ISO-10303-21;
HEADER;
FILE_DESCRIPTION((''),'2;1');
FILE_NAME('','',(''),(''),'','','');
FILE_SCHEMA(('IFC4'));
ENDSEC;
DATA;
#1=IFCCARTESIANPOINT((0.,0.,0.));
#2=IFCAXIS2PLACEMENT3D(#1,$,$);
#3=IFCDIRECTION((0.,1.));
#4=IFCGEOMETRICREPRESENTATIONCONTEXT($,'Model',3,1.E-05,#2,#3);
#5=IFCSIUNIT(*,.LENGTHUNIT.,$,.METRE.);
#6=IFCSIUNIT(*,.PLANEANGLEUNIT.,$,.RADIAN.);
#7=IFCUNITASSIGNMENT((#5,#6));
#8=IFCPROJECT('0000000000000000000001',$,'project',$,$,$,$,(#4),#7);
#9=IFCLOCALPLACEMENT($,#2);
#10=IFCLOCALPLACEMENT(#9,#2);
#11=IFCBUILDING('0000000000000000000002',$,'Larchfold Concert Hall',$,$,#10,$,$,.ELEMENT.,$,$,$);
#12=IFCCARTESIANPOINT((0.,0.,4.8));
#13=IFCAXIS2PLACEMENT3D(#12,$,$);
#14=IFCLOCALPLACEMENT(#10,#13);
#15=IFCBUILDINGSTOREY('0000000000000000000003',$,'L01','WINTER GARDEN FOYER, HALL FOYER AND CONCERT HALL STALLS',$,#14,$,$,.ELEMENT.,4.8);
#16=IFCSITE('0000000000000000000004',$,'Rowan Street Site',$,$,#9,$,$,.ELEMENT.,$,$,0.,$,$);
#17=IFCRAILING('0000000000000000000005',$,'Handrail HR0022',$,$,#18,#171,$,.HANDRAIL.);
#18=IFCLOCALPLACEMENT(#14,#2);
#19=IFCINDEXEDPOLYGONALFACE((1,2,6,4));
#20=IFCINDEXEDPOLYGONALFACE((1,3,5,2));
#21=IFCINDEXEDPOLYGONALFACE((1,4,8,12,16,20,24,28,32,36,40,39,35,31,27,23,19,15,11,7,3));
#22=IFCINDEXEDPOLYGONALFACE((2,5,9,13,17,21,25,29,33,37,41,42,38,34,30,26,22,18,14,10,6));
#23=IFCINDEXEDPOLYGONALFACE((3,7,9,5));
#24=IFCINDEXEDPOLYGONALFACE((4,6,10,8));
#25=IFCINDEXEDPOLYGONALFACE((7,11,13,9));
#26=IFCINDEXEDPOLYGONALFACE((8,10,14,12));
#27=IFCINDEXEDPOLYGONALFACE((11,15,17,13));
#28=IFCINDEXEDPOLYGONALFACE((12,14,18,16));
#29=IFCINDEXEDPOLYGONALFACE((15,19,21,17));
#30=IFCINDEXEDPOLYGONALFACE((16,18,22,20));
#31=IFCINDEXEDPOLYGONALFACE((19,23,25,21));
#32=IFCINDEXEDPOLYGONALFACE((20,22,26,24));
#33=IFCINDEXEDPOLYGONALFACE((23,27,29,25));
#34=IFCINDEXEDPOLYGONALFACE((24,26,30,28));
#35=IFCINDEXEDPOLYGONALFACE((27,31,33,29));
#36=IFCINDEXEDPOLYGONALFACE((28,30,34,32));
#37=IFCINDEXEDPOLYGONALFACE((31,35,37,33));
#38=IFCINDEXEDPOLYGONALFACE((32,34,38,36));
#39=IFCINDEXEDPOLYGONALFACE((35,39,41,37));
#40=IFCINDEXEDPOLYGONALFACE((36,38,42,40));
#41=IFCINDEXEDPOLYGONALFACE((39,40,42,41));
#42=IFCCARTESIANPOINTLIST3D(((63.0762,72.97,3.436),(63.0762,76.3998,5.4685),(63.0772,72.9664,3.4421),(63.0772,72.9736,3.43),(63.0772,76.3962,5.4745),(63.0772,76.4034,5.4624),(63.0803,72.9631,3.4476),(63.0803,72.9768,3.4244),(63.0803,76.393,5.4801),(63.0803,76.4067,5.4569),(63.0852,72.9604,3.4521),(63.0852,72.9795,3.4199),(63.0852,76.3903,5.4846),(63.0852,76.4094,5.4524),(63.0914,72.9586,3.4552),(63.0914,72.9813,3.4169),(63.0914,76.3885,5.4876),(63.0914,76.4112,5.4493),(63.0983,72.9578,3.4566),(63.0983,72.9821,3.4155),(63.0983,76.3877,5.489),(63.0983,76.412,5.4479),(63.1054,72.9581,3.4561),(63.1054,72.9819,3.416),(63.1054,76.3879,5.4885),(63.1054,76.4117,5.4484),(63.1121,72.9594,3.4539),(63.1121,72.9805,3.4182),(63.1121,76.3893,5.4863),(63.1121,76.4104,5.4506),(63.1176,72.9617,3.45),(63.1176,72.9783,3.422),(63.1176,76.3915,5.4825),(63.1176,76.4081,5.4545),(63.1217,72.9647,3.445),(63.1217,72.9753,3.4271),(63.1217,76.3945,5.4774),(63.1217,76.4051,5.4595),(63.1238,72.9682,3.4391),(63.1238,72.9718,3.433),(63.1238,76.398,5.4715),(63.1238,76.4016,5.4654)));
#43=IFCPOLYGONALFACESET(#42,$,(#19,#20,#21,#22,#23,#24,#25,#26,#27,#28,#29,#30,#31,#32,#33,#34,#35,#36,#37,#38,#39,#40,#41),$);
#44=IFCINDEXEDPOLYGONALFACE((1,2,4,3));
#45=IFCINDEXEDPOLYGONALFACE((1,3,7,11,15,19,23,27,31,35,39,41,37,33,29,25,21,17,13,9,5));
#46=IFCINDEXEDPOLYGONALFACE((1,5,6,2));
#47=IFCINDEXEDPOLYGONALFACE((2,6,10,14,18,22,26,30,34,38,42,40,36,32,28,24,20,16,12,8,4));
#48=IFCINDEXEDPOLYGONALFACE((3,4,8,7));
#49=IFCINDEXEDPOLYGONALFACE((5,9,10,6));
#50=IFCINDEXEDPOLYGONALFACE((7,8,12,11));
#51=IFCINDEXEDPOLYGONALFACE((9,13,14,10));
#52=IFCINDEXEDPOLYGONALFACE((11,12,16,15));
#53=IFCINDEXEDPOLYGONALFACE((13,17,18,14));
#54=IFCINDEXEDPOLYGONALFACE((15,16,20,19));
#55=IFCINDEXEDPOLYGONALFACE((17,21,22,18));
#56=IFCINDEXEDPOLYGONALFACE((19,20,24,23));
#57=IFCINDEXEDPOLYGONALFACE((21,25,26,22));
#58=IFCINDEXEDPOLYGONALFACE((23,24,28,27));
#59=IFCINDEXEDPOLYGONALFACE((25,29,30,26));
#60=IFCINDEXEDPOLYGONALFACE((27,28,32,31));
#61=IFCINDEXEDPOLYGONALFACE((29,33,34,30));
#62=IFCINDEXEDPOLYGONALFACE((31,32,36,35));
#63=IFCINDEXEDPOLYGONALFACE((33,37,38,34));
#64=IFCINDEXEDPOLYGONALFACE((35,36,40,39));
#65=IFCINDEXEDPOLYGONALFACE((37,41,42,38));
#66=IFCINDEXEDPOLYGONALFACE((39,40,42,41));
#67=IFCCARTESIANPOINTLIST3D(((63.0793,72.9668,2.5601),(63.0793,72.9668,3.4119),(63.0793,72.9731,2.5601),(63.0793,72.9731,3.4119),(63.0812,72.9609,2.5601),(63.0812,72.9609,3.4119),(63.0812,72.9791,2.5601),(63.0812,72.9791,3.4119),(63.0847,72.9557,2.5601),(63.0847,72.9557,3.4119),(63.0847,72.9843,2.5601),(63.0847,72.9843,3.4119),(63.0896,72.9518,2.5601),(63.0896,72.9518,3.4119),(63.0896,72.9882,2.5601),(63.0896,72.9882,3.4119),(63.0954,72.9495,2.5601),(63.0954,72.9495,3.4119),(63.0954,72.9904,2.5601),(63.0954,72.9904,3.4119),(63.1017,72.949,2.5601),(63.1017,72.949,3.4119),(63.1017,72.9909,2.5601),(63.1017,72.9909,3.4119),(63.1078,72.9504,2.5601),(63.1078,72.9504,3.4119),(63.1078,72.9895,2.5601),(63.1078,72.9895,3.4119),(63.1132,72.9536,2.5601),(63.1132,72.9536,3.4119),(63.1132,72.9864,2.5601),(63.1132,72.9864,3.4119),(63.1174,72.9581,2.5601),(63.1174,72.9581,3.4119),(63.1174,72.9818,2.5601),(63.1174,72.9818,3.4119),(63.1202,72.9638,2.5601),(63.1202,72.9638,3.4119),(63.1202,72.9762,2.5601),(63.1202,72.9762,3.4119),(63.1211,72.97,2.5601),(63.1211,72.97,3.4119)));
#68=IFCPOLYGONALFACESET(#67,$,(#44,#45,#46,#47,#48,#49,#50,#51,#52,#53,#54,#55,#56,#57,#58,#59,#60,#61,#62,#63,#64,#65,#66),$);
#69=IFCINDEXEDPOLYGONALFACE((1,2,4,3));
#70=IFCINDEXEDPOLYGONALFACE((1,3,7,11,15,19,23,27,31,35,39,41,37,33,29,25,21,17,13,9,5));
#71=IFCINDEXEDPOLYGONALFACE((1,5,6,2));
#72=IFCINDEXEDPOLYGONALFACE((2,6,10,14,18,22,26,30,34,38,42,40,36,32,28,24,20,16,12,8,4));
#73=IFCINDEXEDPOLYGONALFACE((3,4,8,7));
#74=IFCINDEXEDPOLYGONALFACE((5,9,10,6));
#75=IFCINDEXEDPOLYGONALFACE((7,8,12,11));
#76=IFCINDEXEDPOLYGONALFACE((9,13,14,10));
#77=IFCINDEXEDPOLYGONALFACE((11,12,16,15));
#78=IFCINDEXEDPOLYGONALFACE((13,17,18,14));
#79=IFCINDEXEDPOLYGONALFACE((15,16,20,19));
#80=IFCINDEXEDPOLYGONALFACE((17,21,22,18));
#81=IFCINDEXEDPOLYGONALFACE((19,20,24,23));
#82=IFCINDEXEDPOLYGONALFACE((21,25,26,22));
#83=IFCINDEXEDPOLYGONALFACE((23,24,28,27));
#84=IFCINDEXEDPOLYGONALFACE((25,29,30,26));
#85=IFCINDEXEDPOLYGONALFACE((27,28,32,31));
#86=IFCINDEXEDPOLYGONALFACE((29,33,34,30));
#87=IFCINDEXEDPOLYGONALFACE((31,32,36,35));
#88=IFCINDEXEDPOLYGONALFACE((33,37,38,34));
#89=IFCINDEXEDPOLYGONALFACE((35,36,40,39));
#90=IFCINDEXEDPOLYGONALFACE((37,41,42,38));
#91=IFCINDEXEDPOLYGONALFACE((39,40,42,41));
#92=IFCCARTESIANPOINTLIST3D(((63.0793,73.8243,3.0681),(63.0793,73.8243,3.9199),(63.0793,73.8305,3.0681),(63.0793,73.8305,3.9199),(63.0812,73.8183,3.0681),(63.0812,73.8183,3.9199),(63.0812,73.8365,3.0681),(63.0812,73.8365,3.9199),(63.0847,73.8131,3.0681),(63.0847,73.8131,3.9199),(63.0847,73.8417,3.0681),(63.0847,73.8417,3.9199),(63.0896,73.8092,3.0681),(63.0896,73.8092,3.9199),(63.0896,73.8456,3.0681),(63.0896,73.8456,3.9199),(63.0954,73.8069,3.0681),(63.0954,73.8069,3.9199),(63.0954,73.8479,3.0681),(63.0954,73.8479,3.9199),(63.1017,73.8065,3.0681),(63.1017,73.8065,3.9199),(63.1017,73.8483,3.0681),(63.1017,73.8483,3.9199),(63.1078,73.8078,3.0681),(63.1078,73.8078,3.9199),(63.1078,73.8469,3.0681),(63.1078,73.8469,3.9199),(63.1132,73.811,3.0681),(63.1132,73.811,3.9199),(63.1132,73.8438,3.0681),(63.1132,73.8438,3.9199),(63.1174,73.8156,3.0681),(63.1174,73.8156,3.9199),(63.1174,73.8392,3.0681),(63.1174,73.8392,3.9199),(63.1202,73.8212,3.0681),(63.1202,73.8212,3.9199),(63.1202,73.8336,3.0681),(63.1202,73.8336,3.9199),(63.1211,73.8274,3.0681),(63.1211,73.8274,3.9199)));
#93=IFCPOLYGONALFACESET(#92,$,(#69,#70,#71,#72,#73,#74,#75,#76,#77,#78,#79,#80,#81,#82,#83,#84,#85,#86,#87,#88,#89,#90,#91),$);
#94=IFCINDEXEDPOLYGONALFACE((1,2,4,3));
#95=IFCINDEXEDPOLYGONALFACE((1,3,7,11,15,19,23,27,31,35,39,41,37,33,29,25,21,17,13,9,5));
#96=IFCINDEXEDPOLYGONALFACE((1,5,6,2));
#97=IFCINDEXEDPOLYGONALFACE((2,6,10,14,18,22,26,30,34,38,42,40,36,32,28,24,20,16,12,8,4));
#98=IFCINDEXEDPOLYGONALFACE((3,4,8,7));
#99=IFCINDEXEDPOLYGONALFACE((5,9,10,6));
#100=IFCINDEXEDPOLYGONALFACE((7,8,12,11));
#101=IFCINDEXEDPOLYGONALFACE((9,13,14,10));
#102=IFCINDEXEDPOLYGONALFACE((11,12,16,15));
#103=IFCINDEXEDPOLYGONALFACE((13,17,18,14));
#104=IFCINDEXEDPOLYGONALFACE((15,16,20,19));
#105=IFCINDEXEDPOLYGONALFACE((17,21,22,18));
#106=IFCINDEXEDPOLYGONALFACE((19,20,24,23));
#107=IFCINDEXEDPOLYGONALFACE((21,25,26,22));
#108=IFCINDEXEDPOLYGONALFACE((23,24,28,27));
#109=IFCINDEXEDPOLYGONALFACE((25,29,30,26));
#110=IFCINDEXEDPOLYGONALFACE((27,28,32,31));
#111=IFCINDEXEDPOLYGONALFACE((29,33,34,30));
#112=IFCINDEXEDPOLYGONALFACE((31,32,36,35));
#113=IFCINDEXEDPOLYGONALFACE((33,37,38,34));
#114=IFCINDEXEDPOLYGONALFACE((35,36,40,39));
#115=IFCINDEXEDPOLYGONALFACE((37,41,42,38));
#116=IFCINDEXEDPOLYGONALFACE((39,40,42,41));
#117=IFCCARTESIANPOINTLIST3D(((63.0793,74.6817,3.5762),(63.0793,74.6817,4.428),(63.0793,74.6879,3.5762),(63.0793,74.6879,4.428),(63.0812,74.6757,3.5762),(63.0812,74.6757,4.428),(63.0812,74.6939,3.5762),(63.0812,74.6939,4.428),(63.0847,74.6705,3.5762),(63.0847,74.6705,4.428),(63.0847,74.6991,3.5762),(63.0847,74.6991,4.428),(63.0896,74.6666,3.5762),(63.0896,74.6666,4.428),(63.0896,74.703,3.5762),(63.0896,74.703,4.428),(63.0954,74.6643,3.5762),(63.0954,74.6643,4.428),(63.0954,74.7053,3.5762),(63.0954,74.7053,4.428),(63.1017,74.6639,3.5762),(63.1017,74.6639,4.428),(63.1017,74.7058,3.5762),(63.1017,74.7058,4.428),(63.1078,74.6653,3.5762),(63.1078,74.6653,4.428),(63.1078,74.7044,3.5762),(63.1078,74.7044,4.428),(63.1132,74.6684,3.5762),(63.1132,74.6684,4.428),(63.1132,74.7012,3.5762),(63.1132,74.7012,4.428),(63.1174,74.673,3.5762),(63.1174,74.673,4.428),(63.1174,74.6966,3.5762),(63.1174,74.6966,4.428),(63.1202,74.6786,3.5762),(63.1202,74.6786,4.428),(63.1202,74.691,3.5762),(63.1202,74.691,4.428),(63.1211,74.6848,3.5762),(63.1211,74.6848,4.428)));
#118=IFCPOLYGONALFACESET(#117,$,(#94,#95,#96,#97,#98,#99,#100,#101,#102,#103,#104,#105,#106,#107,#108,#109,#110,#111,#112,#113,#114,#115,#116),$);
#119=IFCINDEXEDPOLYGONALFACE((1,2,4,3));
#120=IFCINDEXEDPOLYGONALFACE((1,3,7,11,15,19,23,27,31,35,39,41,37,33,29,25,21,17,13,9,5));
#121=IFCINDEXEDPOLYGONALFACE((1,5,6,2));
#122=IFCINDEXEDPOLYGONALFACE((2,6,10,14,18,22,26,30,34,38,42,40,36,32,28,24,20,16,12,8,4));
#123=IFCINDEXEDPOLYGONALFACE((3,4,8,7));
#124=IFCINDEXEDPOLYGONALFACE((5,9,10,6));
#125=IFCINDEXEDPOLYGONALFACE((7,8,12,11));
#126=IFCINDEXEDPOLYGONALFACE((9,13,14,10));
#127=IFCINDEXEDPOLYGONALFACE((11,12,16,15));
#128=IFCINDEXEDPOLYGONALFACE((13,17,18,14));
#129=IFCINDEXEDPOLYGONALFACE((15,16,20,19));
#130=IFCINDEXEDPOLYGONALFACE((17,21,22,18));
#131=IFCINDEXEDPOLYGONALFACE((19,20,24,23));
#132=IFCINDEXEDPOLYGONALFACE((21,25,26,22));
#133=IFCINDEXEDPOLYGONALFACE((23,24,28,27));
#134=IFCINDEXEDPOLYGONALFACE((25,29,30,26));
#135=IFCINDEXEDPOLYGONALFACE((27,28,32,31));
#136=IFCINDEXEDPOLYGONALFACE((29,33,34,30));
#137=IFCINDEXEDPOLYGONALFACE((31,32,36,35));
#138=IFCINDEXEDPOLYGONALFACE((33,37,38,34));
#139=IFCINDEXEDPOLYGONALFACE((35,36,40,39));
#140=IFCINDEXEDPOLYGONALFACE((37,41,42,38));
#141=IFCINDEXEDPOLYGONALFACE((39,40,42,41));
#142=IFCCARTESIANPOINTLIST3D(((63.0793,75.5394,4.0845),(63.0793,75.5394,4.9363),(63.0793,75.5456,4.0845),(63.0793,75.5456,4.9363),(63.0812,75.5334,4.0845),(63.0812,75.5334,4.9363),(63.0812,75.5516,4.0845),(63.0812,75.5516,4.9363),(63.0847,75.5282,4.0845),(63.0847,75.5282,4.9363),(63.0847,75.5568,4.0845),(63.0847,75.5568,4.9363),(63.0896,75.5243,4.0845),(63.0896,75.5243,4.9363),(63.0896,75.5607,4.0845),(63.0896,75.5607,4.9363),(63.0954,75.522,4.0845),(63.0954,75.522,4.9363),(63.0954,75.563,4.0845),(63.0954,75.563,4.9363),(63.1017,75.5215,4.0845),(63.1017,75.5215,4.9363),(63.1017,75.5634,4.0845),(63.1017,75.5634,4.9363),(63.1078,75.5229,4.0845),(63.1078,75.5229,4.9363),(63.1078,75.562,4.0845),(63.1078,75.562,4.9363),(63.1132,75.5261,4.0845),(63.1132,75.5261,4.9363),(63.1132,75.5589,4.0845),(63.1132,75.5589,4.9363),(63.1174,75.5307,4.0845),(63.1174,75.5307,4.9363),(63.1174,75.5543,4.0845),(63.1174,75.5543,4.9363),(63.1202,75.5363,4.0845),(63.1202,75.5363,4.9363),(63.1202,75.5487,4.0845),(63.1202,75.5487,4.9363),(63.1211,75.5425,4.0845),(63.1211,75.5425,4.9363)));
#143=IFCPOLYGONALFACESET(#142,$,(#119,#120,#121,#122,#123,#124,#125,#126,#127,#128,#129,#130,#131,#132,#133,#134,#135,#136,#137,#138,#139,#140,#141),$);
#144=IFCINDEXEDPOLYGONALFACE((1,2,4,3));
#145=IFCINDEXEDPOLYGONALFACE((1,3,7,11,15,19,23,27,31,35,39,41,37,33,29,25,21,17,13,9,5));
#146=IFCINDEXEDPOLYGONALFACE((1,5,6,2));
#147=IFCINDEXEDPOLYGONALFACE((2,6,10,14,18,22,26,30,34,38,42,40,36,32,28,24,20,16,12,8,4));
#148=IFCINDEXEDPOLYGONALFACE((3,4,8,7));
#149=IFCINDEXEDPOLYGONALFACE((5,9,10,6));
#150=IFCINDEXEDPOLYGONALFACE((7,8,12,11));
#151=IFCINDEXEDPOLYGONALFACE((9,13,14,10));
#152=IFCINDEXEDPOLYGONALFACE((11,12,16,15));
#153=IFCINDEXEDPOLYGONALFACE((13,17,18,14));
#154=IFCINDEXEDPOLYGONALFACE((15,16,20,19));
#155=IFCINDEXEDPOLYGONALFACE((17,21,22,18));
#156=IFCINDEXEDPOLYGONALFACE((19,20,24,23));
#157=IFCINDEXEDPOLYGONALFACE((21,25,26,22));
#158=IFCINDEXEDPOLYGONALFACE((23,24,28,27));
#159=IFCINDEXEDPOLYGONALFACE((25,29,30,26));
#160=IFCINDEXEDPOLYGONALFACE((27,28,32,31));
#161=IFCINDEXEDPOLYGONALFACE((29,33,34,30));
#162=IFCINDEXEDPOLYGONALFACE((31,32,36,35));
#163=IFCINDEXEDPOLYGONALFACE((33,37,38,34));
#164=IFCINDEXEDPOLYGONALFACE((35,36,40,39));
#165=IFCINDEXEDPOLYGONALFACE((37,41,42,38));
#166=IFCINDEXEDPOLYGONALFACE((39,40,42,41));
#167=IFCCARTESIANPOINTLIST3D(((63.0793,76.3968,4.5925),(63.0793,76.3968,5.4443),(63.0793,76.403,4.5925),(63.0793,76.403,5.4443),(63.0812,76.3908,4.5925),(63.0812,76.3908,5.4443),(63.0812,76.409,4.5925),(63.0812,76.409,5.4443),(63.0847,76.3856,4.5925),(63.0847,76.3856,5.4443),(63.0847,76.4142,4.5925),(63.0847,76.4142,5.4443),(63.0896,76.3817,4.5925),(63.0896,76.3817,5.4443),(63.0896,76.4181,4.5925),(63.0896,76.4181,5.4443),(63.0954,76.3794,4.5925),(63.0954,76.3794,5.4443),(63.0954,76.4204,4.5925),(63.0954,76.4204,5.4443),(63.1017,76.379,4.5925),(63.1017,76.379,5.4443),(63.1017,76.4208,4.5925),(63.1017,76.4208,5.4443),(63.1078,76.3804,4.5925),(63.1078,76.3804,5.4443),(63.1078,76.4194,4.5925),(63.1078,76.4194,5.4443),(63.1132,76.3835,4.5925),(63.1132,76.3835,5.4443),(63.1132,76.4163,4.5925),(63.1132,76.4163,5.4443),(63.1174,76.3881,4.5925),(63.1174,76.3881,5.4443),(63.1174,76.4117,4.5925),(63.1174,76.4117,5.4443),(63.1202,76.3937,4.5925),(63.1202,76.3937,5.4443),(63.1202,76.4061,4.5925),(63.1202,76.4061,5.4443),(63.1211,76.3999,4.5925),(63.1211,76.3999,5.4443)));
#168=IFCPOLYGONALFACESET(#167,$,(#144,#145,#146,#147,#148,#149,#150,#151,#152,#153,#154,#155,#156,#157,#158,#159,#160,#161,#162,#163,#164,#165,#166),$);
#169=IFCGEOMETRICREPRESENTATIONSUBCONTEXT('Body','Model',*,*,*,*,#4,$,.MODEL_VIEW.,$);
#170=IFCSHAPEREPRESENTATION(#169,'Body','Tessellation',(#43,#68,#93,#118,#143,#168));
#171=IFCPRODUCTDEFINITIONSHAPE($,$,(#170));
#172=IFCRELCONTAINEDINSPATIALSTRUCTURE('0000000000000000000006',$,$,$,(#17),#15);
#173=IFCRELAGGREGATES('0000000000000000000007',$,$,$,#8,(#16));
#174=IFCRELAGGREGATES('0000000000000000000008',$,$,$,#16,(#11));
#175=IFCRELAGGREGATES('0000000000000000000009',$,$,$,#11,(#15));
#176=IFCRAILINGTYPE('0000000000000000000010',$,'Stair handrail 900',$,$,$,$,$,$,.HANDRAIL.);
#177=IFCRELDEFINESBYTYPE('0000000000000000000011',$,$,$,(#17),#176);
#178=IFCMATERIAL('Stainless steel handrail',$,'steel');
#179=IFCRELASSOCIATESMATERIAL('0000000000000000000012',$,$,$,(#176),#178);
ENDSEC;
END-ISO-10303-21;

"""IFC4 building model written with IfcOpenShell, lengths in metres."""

from ifc_helpers import new_model, si_unit, direction, frame, origin, origin_2d, place, context, subcontext, project, spatial, circle, extrude, material, type_object, element, save


model = new_model("IFC4")

# Units and contexts
model_context = context("Model", 3, precision=1e-05, world=origin(), true_north=direction((0.0, 1.0)))
body_context = subcontext(model_context, "Body", "Model", "MODEL_VIEW")
ifc_project = project(units=[si_unit("LENGTHUNIT", "METRE"), si_unit("PLANEANGLEUNIT", "RADIAN")], contexts=[model_context])

# Site, building, storey
site_placement = place(None, origin())
site = spatial("IfcSite", under=ifc_project, at=site_placement, Name="Rowan Street Site", CompositionType="ELEMENT", RefElevation=0.0)
building_placement = place(site_placement, origin())
building = spatial("IfcBuilding", under=site, at=building_placement, Name="Larchfold Concert Hall", CompositionType="ELEMENT")
storey_placement = place(building_placement, frame((0.0, 0.0, 4.8)))
storey = spatial("IfcBuildingStorey", under=building, at=storey_placement, Name="L01", Description="WINTER GARDEN FOYER, HALL FOYER AND CONCERT HALL STALLS", CompositionType="ELEMENT", Elevation=4.8)

# Railing
ifc_material_1 = material(Name="Stainless steel handrail", Category="steel")
railing_type_1 = type_object("IfcRailingType", Name="Stair handrail 900", PredefinedType="HANDRAIL", material=ifc_material_1)
railing_1_placement = place(storey_placement, frame((63.1001, 72.97, 2.5601)))
element("IfcRailing", 1, at=railing_1_placement, inside=storey, type_object=railing_type_1, Name="Handrail HR0022", PredefinedType="HANDRAIL", context=body_context, shape_type="SweptSolid", body=[
    extrude(circle(Radius=0.0239, at=origin_2d()), frame((0.0, 0.0, 0.876), z_axis=(0.0, 0.8603, 0.509787), x_axis=(-1.0, 0.0, 0.0)), (0.0, 0.0, 1.0), 3.9868),
    extrude(circle(Radius=0.021, at=origin_2d()), origin(), (0.0, 0.0, 1.0), 0.8518),
    extrude(circle(Radius=0.021, at=origin_2d()), frame((0.0, 0.8574, 0.5081)), (0.0, 0.0, 1.0), 0.8518),
    extrude(circle(Radius=0.021, at=origin_2d()), frame((0.0, 1.7148, 1.0161)), (0.0, 0.0, 1.0), 0.8518),
    extrude(circle(Radius=0.021, at=origin_2d()), frame((0.0, 2.5725, 1.5244)), (0.0, 0.0, 1.0), 0.8518),
    extrude(circle(Radius=0.021, at=origin_2d()), frame((0.0, 3.4299, 2.0325)), (0.0, 0.0, 1.0), 0.8518),
])

save(model, "model.ifc")
